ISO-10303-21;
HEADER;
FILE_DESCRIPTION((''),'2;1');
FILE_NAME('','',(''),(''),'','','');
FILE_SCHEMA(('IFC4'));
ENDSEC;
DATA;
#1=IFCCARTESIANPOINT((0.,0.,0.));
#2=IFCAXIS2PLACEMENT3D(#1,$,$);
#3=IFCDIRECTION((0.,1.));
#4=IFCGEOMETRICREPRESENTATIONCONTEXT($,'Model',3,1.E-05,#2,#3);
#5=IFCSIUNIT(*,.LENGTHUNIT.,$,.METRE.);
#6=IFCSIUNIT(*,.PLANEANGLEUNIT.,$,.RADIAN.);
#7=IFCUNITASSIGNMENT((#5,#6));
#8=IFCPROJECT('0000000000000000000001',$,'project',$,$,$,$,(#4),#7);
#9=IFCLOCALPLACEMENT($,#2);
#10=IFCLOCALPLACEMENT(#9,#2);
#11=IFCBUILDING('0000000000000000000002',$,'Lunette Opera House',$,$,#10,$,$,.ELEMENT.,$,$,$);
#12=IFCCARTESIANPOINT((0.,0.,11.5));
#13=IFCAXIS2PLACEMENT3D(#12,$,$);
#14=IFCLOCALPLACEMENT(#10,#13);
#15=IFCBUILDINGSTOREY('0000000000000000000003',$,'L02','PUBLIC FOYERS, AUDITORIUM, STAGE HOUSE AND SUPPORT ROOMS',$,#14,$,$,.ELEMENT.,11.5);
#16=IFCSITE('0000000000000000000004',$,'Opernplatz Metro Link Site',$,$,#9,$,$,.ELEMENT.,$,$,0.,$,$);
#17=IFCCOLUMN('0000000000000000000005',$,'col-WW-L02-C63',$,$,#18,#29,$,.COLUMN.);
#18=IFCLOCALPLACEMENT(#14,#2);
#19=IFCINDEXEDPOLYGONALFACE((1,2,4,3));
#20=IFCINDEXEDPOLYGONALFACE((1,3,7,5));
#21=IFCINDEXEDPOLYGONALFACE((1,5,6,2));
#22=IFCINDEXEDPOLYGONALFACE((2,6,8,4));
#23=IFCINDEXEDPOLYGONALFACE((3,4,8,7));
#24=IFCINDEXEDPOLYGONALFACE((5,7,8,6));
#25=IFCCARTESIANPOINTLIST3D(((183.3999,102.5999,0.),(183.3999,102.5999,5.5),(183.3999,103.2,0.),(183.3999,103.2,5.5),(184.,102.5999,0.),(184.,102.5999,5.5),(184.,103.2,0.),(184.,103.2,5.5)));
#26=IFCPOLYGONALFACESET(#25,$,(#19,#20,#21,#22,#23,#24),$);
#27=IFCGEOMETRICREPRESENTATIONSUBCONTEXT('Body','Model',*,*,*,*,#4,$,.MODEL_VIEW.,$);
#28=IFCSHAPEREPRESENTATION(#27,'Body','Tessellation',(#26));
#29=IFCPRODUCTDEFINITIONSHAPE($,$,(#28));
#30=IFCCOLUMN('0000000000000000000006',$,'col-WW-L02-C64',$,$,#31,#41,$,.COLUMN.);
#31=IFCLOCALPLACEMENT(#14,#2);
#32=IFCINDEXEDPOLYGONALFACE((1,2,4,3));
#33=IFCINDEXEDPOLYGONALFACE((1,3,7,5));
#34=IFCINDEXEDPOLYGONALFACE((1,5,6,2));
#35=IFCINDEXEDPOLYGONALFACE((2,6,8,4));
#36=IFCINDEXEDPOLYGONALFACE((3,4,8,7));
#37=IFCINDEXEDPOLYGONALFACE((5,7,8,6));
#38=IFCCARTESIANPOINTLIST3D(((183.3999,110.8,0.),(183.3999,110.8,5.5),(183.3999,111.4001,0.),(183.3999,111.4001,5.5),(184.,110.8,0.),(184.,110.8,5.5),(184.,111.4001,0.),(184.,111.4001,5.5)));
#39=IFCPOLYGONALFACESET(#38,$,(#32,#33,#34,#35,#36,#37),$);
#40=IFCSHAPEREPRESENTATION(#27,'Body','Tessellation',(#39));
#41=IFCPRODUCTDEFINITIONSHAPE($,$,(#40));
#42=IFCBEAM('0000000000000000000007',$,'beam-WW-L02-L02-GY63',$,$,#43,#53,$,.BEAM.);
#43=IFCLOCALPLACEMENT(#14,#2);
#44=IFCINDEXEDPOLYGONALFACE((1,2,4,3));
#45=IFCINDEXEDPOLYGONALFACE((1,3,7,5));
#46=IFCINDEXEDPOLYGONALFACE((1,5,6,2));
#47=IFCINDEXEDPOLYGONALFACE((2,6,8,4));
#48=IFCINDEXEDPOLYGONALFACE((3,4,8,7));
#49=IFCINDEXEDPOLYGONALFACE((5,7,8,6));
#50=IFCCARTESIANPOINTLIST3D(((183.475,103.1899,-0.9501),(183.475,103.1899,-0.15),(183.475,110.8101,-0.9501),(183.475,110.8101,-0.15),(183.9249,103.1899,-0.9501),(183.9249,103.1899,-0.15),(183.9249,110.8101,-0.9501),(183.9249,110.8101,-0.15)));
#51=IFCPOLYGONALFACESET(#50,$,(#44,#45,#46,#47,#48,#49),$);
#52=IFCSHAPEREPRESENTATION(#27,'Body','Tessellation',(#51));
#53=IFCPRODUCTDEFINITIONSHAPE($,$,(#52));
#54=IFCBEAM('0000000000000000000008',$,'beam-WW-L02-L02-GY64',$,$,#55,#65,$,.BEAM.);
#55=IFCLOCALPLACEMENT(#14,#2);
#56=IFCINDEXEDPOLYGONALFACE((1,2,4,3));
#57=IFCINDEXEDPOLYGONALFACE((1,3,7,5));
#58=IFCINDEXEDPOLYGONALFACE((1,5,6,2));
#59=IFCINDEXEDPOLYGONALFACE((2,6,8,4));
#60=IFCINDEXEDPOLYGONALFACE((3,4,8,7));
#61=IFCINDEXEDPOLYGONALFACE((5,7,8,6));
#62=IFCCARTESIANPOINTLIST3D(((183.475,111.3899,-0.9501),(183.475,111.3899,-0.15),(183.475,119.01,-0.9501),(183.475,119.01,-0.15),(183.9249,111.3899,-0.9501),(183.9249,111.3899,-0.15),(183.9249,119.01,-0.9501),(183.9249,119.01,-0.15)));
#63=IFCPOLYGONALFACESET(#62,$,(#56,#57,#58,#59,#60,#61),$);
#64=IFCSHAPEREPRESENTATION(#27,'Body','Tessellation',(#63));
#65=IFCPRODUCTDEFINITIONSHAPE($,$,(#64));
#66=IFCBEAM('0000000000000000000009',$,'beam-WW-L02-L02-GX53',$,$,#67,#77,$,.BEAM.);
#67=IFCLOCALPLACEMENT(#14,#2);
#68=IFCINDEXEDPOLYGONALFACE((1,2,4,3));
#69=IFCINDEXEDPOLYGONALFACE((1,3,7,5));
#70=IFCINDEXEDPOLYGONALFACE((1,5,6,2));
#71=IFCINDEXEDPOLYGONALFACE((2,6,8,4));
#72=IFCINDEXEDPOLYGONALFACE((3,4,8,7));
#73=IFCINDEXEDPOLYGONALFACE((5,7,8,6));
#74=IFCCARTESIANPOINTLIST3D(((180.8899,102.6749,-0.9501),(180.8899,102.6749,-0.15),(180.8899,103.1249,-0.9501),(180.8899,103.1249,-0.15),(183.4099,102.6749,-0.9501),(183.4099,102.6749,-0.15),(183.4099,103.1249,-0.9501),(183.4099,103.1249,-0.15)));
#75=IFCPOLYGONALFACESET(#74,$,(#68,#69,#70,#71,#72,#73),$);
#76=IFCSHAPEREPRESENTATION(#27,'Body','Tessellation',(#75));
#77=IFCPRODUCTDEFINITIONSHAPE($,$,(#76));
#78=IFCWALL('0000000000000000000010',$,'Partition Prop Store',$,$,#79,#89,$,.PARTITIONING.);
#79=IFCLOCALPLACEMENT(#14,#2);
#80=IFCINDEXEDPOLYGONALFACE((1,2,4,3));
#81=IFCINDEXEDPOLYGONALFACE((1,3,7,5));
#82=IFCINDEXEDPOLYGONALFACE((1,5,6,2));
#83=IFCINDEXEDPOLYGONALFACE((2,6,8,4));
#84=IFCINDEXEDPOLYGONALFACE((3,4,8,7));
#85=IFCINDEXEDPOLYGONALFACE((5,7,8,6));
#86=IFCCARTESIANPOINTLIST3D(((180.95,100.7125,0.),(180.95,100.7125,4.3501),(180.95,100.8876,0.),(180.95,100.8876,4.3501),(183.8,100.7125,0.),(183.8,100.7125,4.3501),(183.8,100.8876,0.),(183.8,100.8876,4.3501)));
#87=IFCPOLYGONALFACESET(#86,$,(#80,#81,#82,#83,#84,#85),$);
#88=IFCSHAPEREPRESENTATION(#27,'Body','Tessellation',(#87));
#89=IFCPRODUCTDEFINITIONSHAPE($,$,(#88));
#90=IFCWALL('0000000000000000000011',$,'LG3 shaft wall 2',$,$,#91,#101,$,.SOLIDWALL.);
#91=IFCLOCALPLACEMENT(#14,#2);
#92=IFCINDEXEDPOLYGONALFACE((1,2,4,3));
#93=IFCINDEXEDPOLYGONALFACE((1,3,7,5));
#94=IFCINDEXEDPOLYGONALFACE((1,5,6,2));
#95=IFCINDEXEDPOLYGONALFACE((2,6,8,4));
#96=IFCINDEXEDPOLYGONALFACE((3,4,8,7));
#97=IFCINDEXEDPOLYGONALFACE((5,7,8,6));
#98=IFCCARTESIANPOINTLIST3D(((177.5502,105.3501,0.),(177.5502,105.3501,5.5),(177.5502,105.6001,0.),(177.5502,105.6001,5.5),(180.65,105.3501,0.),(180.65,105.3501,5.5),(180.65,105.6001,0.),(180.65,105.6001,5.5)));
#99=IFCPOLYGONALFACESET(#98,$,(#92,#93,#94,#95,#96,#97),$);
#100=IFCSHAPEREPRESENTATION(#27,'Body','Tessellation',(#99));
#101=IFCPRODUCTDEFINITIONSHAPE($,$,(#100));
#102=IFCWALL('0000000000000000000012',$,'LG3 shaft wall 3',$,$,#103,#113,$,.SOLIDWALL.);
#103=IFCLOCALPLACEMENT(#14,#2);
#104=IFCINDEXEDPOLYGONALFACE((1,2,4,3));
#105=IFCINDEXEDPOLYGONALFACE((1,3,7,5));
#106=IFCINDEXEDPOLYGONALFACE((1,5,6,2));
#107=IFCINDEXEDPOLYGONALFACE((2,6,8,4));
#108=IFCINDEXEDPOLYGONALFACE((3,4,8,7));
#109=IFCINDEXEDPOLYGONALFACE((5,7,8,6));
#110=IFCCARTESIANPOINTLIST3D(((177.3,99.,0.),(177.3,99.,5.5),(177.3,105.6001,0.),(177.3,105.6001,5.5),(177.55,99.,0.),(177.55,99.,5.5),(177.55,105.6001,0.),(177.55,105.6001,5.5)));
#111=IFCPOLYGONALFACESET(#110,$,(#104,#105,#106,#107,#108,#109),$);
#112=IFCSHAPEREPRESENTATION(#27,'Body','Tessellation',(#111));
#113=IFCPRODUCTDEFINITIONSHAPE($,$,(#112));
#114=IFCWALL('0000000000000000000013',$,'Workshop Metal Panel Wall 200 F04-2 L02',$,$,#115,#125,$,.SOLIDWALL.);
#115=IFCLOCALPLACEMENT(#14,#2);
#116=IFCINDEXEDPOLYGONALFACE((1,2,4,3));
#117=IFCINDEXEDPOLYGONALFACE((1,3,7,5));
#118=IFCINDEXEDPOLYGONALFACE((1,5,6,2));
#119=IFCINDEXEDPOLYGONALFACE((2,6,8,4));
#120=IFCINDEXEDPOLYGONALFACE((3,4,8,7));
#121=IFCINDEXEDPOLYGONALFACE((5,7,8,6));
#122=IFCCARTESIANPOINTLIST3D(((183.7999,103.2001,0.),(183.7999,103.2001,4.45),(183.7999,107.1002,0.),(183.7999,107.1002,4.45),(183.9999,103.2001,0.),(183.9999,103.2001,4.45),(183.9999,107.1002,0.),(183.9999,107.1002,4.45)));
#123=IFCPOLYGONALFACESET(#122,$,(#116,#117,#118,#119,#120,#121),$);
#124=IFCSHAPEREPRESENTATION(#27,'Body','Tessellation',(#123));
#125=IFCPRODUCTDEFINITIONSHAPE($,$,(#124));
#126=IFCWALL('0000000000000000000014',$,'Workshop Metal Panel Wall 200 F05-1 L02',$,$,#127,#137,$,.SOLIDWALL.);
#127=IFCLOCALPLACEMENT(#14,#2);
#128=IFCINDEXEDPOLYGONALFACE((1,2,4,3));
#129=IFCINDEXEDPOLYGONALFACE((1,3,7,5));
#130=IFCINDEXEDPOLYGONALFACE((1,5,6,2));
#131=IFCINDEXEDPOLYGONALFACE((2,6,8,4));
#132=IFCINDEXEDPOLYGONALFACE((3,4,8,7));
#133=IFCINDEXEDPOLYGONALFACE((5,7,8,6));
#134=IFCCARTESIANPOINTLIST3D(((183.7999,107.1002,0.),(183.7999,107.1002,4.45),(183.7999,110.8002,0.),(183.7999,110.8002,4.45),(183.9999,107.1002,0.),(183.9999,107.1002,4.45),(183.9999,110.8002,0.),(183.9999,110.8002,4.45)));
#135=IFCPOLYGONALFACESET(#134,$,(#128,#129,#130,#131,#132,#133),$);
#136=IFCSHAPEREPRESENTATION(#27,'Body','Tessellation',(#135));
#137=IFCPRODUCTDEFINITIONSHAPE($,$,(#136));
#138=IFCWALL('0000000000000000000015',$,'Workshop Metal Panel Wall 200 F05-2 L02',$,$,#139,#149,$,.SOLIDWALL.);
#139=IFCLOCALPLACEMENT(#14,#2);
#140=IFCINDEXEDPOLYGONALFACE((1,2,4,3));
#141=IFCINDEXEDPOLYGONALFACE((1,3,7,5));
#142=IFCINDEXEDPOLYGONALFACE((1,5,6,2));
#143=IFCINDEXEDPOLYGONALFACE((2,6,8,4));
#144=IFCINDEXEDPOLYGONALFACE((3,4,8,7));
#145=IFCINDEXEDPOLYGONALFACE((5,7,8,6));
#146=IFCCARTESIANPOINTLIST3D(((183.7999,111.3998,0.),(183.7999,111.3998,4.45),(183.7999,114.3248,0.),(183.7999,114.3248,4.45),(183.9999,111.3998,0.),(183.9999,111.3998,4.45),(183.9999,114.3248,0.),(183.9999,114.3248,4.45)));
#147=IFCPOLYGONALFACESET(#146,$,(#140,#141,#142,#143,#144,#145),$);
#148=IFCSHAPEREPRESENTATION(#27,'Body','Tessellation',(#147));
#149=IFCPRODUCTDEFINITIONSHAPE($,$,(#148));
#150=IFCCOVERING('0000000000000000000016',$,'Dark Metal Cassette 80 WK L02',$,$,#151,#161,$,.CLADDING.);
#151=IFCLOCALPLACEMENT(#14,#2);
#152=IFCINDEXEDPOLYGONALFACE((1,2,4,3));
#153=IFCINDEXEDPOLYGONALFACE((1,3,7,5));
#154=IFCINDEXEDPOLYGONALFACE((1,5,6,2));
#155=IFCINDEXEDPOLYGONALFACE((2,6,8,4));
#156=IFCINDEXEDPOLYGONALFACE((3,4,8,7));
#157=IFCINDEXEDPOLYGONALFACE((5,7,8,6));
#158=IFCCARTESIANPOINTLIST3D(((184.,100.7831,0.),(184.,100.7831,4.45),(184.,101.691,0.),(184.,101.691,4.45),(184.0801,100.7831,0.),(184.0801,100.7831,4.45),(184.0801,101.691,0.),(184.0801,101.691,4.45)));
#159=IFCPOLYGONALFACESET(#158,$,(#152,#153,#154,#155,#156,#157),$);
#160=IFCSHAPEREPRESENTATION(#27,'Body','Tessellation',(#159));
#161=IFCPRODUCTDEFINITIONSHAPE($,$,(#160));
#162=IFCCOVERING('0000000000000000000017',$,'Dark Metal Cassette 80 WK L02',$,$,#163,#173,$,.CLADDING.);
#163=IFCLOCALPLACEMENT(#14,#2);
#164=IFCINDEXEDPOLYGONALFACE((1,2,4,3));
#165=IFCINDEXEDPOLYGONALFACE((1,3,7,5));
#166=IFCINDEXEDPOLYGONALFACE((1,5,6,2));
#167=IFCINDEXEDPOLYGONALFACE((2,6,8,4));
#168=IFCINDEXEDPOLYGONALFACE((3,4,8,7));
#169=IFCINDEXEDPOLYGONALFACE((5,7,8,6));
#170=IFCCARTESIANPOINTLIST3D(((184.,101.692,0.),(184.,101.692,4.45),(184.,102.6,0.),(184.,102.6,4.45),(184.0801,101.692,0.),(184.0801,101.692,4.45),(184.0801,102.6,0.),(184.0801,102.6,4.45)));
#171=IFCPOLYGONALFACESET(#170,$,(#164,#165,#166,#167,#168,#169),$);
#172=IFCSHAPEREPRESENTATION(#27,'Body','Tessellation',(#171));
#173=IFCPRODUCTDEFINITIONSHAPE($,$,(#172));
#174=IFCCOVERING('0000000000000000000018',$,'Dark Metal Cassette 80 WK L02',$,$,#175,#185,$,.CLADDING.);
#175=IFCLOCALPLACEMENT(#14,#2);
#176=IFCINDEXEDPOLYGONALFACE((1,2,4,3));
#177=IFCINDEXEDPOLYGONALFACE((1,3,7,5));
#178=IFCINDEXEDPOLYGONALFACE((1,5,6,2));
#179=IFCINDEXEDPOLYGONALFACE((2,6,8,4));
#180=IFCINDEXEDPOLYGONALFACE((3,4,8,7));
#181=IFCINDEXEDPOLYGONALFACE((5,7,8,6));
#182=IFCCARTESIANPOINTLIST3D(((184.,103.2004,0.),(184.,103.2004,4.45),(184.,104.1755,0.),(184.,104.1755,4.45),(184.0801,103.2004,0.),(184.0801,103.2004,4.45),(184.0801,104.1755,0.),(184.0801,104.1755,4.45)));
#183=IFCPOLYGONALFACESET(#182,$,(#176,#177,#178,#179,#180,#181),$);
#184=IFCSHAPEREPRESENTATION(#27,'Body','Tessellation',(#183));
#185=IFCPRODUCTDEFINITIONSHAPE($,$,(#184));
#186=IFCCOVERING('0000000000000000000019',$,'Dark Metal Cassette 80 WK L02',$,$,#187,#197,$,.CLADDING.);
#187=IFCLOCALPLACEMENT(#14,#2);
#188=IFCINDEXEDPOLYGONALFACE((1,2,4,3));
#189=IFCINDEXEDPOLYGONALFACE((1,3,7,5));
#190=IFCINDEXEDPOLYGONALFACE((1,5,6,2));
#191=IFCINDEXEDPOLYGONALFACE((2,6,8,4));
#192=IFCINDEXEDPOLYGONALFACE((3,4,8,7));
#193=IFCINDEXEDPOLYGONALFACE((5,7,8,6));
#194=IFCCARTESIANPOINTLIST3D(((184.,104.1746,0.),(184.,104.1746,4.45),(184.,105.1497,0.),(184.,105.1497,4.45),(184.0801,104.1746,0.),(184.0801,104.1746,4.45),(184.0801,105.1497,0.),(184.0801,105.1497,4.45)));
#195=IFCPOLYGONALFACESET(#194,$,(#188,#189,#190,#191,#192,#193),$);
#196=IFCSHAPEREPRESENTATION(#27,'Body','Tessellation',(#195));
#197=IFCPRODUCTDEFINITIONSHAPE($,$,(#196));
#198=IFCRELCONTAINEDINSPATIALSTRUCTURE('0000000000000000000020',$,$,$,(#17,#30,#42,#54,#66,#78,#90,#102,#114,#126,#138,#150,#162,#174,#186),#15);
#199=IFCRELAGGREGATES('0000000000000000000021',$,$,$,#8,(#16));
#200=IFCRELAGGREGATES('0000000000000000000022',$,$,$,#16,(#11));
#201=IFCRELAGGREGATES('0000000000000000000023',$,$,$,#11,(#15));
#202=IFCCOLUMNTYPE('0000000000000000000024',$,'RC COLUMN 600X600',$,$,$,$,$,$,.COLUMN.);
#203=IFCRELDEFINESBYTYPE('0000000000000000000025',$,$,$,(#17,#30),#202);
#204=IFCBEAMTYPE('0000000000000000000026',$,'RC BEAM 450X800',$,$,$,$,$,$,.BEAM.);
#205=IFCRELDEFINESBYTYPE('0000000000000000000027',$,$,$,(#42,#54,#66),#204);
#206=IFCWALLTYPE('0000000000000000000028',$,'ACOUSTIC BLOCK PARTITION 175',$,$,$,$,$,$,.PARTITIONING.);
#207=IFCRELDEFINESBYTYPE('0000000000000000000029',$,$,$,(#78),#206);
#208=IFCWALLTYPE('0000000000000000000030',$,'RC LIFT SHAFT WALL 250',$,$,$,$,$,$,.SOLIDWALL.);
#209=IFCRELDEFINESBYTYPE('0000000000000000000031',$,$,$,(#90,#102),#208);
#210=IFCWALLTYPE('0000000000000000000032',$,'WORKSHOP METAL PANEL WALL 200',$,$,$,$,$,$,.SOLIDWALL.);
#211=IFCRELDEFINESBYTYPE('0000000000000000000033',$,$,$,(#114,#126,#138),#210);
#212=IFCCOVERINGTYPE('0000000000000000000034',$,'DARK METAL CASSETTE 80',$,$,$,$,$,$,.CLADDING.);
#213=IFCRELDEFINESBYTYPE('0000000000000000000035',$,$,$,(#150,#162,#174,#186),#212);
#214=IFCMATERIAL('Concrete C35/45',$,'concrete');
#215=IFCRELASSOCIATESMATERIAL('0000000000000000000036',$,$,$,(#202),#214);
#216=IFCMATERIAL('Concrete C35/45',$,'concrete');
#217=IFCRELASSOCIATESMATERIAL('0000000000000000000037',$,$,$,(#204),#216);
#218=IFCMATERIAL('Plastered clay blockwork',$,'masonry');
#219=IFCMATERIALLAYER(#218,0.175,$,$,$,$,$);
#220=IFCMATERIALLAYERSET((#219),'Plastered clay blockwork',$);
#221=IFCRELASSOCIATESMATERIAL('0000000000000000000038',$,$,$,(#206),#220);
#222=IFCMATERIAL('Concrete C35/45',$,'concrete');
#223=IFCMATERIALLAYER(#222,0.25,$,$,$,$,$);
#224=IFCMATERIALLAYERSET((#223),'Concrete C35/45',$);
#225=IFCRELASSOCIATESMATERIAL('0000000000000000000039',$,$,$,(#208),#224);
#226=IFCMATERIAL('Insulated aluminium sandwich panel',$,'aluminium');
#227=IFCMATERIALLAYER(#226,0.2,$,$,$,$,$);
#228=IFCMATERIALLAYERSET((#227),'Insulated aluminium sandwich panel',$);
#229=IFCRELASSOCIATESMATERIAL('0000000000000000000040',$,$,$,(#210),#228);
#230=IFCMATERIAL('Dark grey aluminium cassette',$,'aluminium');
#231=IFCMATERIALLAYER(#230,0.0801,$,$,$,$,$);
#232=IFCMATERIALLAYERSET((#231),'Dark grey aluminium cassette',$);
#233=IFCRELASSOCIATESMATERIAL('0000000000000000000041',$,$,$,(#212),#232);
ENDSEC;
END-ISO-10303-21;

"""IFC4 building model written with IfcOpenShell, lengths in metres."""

from ifc_helpers import new_model, si_unit, direction, frame, frame_2d, origin, origin_2d, place, context, subcontext, project, spatial, rectangle, extrude, material, layer, layer_set, material_profile, profile_set, type_object, element, save


model = new_model("IFC4")

# Units and contexts
model_context = context("Model", 3, precision=1e-05, world=origin(), true_north=direction((0.0, 1.0)))
body_context = subcontext(model_context, "Body", "Model", "MODEL_VIEW")
ifc_project = project(units=[si_unit("LENGTHUNIT", "METRE"), si_unit("PLANEANGLEUNIT", "RADIAN")], contexts=[model_context])

# Site, building, storey
site_placement = place(None, origin())
site = spatial("IfcSite", under=ifc_project, at=site_placement, Name="Opernplatz Metro Link Site", CompositionType="ELEMENT", RefElevation=0.0)
building_placement = place(site_placement, origin())
building = spatial("IfcBuilding", under=site, at=building_placement, Name="Lunette Opera House", CompositionType="ELEMENT")
storey_placement = place(building_placement, frame((0.0, 0.0, 11.5)))
storey = spatial("IfcBuildingStorey", under=building, at=storey_placement, Name="L02", Description="PUBLIC FOYERS, AUDITORIUM, STAGE HOUSE AND SUPPORT ROOMS", CompositionType="ELEMENT", Elevation=11.5)

# Columns
ifc_material_1 = material(Name="Concrete C35/45", Category="concrete")
ifc_material_profile_1 = material_profile(ifc_material_1, rectangle(XDim=0.6001, YDim=0.6001, at=origin_2d()), Name="RC COLUMN 600X600")
ifc_profile_set_1 = profile_set([ifc_material_profile_1], Name="Concrete C35/45")
column_type = type_object("IfcColumnType", Name="RC COLUMN 600X600", PredefinedType="COLUMN", material=ifc_profile_set_1)
for number, where, z_axis, x_axis, name in (
    (1, (183.7, 102.8999, 0.0), (0.0, 0.0, 1.0), (1.0, 0.0, 0.0), "col-WW-L02-C63"),
    (2, (183.7, 111.1001, 0.0), (0.0, 0.0, 1.0), (1.0, 0.0, 0.0), "col-WW-L02-C64"),
):
    element("IfcColumn", number, at=place(storey_placement, frame(where, z_axis=z_axis, x_axis=x_axis)), inside=storey, type_object=column_type, Name=name, PredefinedType="COLUMN", context=body_context, shape_type="SweptSolid", body=[
        extrude(rectangle(XDim=0.6001, YDim=0.6001, at=origin_2d()), origin(), (0.0, 0.0, 1.0), 5.5),
    ])

# Beams
ifc_material_2 = material(Name="Concrete C35/45", Category="concrete")
ifc_material_profile_2 = material_profile(ifc_material_2, rectangle(XDim=0.45, YDim=0.8, at=origin_2d()), Name="RC BEAM 450X800")
ifc_profile_set_2 = profile_set([ifc_material_profile_2], Name="Concrete C35/45")
beam_type = type_object("IfcBeamType", Name="RC BEAM 450X800", PredefinedType="BEAM", material=ifc_profile_set_2)
for number, where, z_axis, x_axis, name in (
    (3, (183.7, 103.1899, -0.55), (0.0, 1.0, 0.0), (-1.0, 0.0, 0.0), "beam-WW-L02-L02-GY63"),
    (4, (183.7, 111.3899, -0.55), (0.0, 1.0, 0.0), (-1.0, 0.0, 0.0), "beam-WW-L02-L02-GY64"),
):
    element("IfcBeam", number, at=place(storey_placement, frame(where, z_axis=z_axis, x_axis=x_axis)), inside=storey, type_object=beam_type, Name=name, PredefinedType="BEAM", context=body_context, shape_type="SweptSolid", body=[
        extrude(rectangle(XDim=0.45, YDim=0.8, at=origin_2d()), origin(), (0.0, 0.0, 1.0), 7.6201),
    ])
beam_placement = place(storey_placement, frame((180.8899, 102.8999, -0.55), z_axis=(1.0, 0.0, 0.0), x_axis=(0.0, 1.0, 0.0)))
element("IfcBeam", 5, at=beam_placement, inside=storey, type_object=beam_type, Name="beam-WW-L02-L02-GX53", PredefinedType="BEAM", context=body_context, shape_type="SweptSolid", body=[
    extrude(rectangle(XDim=0.45, YDim=0.8, at=origin_2d()), origin(), (0.0, 0.0, 1.0), 2.52),
])

# Walls
ifc_material_3 = material(Name="Plastered clay blockwork", Category="masonry")
ifc_layer_1 = layer(ifc_material_3, 0.175)
ifc_layer_set_1 = layer_set([ifc_layer_1], Name="Plastered clay blockwork")
wall_type_1 = type_object("IfcWallType", Name="ACOUSTIC BLOCK PARTITION 175", PredefinedType="PARTITIONING", material=ifc_layer_set_1)
wall_1_placement = place(storey_placement, frame((183.8, 100.8, 0.0), z_axis=(0.0, 0.0, 1.0), x_axis=(-1.0, 0.0, 0.0)))
element("IfcWall", 6, at=wall_1_placement, inside=storey, type_object=wall_type_1, Name="Partition Prop Store", PredefinedType="PARTITIONING", context=body_context, shape_type="SweptSolid", body=[
    extrude(rectangle(XDim=2.8501, YDim=0.175, at=frame_2d((1.425, 0.0))), origin(), (0.0, 0.0, 1.0), 4.3501),
])
ifc_material_4 = material(Name="Concrete C35/45", Category="concrete")
ifc_layer_2 = layer(ifc_material_4, 0.25)
ifc_layer_set_2 = layer_set([ifc_layer_2], Name="Concrete C35/45")
wall_type_2 = type_object("IfcWallType", Name="RC LIFT SHAFT WALL 250", PredefinedType="SOLIDWALL", material=ifc_layer_set_2)
wall_2_placement = place(storey_placement, frame((180.6499, 105.4751, 0.0), z_axis=(0.0, 0.0, 1.0), x_axis=(-1.0, 0.0, 0.0)))
element("IfcWall", 7, at=wall_2_placement, inside=storey, type_object=wall_type_2, Name="LG3 shaft wall 2", PredefinedType="SOLIDWALL", context=body_context, shape_type="SweptSolid", body=[
    extrude(rectangle(XDim=3.0999, YDim=0.25, at=frame_2d((1.5498, 0.0))), origin(), (0.0, 0.0, 1.0), 5.5),
])
wall_3_placement = place(storey_placement, frame((177.425, 105.6001, 0.0), z_axis=(0.0, 0.0, 1.0), x_axis=(0.0, -1.0, 0.0)))
element("IfcWall", 8, at=wall_3_placement, inside=storey, type_object=wall_type_2, Name="LG3 shaft wall 3", PredefinedType="SOLIDWALL", context=body_context, shape_type="SweptSolid", body=[
    extrude(rectangle(XDim=6.6001, YDim=0.25, at=frame_2d((3.3, 0.0))), origin(), (0.0, 0.0, 1.0), 5.5),
])
ifc_material_5 = material(Name="Insulated aluminium sandwich panel", Category="aluminium")
ifc_layer_3 = layer(ifc_material_5, 0.2)
ifc_layer_set_3 = layer_set([ifc_layer_3], Name="Insulated aluminium sandwich panel")
wall_type_3 = type_object("IfcWallType", Name="WORKSHOP METAL PANEL WALL 200", PredefinedType="SOLIDWALL", material=ifc_layer_set_3)
wall_4_placement = place(storey_placement, frame((183.8999, 103.2, 0.0), z_axis=(0.0, 0.0, 1.0), x_axis=(0.0, 1.0, 0.0)))
element("IfcWall", 9, at=wall_4_placement, inside=storey, type_object=wall_type_3, Name="Workshop Metal Panel Wall 200 F04-2 L02", PredefinedType="SOLIDWALL", context=body_context, shape_type="SweptSolid", body=[
    extrude(rectangle(XDim=3.9001, YDim=0.2, at=frame_2d((1.9502, 0.0))), origin(), (0.0, 0.0, 1.0), 4.45),
])
wall_5_placement = place(storey_placement, frame((183.8999, 107.1001, 0.0), z_axis=(0.0, 0.0, 1.0), x_axis=(0.0, 1.0, 0.0)))
element("IfcWall", 10, at=wall_5_placement, inside=storey, type_object=wall_type_3, Name="Workshop Metal Panel Wall 200 F05-1 L02", PredefinedType="SOLIDWALL", context=body_context, shape_type="SweptSolid", body=[
    extrude(rectangle(XDim=3.7, YDim=0.2, at=frame_2d((1.8501, 0.0))), origin(), (0.0, 0.0, 1.0), 4.45),
])
wall_6_placement = place(storey_placement, frame((183.8999, 111.3999, 0.0), z_axis=(0.0, 0.0, 1.0), x_axis=(0.0, 1.0, 0.0)))
element("IfcWall", 11, at=wall_6_placement, inside=storey, type_object=wall_type_3, Name="Workshop Metal Panel Wall 200 F05-2 L02", PredefinedType="SOLIDWALL", context=body_context, shape_type="SweptSolid", body=[
    extrude(rectangle(XDim=2.925, YDim=0.2, at=frame_2d((1.4624, 0.0))), origin(), (0.0, 0.0, 1.0), 4.45),
])

# Coverings
ifc_material_6 = material(Name="Dark grey aluminium cassette", Category="aluminium")
ifc_layer_4 = layer(ifc_material_6, 0.0801)
ifc_layer_set_4 = layer_set([ifc_layer_4], Name="Dark grey aluminium cassette")
covering_type = type_object("IfcCoveringType", Name="DARK METAL CASSETTE 80", PredefinedType="CLADDING", material=ifc_layer_set_4)
for number, where, z_axis, x_axis, name in (
    (12, (184.04, 101.2371, 0.0), (0.0, 0.0, 1.0), (0.0, 1.0, 0.0), "Dark Metal Cassette 80 WK L02"),
    (13, (184.04, 102.146, 0.0), (0.0, 0.0, 1.0), (0.0, 1.0, 0.0), "Dark Metal Cassette 80 WK L02"),
):
    element("IfcCovering", number, at=place(storey_placement, frame(where, z_axis=z_axis, x_axis=x_axis)), inside=storey, type_object=covering_type, Name=name, PredefinedType="CLADDING", context=body_context, shape_type="SweptSolid", body=[
        extrude(rectangle(XDim=0.908, YDim=0.0801, at=origin_2d()), origin(), (0.0, 0.0, 1.0), 4.45),
    ])
for number, where, z_axis, x_axis, name in (
    (14, (184.04, 103.688, 0.0), (0.0, 0.0, 1.0), (0.0, 1.0, 0.0), "Dark Metal Cassette 80 WK L02"),
    (15, (184.04, 104.6621, 0.0), (0.0, 0.0, 1.0), (0.0, 1.0, 0.0), "Dark Metal Cassette 80 WK L02"),
):
    element("IfcCovering", number, at=place(storey_placement, frame(where, z_axis=z_axis, x_axis=x_axis)), inside=storey, type_object=covering_type, Name=name, PredefinedType="CLADDING", context=body_context, shape_type="SweptSolid", body=[
        extrude(rectangle(XDim=0.9751, YDim=0.0801, at=origin_2d()), origin(), (0.0, 0.0, 1.0), 4.45),
    ])

save(model, "model.ifc")
